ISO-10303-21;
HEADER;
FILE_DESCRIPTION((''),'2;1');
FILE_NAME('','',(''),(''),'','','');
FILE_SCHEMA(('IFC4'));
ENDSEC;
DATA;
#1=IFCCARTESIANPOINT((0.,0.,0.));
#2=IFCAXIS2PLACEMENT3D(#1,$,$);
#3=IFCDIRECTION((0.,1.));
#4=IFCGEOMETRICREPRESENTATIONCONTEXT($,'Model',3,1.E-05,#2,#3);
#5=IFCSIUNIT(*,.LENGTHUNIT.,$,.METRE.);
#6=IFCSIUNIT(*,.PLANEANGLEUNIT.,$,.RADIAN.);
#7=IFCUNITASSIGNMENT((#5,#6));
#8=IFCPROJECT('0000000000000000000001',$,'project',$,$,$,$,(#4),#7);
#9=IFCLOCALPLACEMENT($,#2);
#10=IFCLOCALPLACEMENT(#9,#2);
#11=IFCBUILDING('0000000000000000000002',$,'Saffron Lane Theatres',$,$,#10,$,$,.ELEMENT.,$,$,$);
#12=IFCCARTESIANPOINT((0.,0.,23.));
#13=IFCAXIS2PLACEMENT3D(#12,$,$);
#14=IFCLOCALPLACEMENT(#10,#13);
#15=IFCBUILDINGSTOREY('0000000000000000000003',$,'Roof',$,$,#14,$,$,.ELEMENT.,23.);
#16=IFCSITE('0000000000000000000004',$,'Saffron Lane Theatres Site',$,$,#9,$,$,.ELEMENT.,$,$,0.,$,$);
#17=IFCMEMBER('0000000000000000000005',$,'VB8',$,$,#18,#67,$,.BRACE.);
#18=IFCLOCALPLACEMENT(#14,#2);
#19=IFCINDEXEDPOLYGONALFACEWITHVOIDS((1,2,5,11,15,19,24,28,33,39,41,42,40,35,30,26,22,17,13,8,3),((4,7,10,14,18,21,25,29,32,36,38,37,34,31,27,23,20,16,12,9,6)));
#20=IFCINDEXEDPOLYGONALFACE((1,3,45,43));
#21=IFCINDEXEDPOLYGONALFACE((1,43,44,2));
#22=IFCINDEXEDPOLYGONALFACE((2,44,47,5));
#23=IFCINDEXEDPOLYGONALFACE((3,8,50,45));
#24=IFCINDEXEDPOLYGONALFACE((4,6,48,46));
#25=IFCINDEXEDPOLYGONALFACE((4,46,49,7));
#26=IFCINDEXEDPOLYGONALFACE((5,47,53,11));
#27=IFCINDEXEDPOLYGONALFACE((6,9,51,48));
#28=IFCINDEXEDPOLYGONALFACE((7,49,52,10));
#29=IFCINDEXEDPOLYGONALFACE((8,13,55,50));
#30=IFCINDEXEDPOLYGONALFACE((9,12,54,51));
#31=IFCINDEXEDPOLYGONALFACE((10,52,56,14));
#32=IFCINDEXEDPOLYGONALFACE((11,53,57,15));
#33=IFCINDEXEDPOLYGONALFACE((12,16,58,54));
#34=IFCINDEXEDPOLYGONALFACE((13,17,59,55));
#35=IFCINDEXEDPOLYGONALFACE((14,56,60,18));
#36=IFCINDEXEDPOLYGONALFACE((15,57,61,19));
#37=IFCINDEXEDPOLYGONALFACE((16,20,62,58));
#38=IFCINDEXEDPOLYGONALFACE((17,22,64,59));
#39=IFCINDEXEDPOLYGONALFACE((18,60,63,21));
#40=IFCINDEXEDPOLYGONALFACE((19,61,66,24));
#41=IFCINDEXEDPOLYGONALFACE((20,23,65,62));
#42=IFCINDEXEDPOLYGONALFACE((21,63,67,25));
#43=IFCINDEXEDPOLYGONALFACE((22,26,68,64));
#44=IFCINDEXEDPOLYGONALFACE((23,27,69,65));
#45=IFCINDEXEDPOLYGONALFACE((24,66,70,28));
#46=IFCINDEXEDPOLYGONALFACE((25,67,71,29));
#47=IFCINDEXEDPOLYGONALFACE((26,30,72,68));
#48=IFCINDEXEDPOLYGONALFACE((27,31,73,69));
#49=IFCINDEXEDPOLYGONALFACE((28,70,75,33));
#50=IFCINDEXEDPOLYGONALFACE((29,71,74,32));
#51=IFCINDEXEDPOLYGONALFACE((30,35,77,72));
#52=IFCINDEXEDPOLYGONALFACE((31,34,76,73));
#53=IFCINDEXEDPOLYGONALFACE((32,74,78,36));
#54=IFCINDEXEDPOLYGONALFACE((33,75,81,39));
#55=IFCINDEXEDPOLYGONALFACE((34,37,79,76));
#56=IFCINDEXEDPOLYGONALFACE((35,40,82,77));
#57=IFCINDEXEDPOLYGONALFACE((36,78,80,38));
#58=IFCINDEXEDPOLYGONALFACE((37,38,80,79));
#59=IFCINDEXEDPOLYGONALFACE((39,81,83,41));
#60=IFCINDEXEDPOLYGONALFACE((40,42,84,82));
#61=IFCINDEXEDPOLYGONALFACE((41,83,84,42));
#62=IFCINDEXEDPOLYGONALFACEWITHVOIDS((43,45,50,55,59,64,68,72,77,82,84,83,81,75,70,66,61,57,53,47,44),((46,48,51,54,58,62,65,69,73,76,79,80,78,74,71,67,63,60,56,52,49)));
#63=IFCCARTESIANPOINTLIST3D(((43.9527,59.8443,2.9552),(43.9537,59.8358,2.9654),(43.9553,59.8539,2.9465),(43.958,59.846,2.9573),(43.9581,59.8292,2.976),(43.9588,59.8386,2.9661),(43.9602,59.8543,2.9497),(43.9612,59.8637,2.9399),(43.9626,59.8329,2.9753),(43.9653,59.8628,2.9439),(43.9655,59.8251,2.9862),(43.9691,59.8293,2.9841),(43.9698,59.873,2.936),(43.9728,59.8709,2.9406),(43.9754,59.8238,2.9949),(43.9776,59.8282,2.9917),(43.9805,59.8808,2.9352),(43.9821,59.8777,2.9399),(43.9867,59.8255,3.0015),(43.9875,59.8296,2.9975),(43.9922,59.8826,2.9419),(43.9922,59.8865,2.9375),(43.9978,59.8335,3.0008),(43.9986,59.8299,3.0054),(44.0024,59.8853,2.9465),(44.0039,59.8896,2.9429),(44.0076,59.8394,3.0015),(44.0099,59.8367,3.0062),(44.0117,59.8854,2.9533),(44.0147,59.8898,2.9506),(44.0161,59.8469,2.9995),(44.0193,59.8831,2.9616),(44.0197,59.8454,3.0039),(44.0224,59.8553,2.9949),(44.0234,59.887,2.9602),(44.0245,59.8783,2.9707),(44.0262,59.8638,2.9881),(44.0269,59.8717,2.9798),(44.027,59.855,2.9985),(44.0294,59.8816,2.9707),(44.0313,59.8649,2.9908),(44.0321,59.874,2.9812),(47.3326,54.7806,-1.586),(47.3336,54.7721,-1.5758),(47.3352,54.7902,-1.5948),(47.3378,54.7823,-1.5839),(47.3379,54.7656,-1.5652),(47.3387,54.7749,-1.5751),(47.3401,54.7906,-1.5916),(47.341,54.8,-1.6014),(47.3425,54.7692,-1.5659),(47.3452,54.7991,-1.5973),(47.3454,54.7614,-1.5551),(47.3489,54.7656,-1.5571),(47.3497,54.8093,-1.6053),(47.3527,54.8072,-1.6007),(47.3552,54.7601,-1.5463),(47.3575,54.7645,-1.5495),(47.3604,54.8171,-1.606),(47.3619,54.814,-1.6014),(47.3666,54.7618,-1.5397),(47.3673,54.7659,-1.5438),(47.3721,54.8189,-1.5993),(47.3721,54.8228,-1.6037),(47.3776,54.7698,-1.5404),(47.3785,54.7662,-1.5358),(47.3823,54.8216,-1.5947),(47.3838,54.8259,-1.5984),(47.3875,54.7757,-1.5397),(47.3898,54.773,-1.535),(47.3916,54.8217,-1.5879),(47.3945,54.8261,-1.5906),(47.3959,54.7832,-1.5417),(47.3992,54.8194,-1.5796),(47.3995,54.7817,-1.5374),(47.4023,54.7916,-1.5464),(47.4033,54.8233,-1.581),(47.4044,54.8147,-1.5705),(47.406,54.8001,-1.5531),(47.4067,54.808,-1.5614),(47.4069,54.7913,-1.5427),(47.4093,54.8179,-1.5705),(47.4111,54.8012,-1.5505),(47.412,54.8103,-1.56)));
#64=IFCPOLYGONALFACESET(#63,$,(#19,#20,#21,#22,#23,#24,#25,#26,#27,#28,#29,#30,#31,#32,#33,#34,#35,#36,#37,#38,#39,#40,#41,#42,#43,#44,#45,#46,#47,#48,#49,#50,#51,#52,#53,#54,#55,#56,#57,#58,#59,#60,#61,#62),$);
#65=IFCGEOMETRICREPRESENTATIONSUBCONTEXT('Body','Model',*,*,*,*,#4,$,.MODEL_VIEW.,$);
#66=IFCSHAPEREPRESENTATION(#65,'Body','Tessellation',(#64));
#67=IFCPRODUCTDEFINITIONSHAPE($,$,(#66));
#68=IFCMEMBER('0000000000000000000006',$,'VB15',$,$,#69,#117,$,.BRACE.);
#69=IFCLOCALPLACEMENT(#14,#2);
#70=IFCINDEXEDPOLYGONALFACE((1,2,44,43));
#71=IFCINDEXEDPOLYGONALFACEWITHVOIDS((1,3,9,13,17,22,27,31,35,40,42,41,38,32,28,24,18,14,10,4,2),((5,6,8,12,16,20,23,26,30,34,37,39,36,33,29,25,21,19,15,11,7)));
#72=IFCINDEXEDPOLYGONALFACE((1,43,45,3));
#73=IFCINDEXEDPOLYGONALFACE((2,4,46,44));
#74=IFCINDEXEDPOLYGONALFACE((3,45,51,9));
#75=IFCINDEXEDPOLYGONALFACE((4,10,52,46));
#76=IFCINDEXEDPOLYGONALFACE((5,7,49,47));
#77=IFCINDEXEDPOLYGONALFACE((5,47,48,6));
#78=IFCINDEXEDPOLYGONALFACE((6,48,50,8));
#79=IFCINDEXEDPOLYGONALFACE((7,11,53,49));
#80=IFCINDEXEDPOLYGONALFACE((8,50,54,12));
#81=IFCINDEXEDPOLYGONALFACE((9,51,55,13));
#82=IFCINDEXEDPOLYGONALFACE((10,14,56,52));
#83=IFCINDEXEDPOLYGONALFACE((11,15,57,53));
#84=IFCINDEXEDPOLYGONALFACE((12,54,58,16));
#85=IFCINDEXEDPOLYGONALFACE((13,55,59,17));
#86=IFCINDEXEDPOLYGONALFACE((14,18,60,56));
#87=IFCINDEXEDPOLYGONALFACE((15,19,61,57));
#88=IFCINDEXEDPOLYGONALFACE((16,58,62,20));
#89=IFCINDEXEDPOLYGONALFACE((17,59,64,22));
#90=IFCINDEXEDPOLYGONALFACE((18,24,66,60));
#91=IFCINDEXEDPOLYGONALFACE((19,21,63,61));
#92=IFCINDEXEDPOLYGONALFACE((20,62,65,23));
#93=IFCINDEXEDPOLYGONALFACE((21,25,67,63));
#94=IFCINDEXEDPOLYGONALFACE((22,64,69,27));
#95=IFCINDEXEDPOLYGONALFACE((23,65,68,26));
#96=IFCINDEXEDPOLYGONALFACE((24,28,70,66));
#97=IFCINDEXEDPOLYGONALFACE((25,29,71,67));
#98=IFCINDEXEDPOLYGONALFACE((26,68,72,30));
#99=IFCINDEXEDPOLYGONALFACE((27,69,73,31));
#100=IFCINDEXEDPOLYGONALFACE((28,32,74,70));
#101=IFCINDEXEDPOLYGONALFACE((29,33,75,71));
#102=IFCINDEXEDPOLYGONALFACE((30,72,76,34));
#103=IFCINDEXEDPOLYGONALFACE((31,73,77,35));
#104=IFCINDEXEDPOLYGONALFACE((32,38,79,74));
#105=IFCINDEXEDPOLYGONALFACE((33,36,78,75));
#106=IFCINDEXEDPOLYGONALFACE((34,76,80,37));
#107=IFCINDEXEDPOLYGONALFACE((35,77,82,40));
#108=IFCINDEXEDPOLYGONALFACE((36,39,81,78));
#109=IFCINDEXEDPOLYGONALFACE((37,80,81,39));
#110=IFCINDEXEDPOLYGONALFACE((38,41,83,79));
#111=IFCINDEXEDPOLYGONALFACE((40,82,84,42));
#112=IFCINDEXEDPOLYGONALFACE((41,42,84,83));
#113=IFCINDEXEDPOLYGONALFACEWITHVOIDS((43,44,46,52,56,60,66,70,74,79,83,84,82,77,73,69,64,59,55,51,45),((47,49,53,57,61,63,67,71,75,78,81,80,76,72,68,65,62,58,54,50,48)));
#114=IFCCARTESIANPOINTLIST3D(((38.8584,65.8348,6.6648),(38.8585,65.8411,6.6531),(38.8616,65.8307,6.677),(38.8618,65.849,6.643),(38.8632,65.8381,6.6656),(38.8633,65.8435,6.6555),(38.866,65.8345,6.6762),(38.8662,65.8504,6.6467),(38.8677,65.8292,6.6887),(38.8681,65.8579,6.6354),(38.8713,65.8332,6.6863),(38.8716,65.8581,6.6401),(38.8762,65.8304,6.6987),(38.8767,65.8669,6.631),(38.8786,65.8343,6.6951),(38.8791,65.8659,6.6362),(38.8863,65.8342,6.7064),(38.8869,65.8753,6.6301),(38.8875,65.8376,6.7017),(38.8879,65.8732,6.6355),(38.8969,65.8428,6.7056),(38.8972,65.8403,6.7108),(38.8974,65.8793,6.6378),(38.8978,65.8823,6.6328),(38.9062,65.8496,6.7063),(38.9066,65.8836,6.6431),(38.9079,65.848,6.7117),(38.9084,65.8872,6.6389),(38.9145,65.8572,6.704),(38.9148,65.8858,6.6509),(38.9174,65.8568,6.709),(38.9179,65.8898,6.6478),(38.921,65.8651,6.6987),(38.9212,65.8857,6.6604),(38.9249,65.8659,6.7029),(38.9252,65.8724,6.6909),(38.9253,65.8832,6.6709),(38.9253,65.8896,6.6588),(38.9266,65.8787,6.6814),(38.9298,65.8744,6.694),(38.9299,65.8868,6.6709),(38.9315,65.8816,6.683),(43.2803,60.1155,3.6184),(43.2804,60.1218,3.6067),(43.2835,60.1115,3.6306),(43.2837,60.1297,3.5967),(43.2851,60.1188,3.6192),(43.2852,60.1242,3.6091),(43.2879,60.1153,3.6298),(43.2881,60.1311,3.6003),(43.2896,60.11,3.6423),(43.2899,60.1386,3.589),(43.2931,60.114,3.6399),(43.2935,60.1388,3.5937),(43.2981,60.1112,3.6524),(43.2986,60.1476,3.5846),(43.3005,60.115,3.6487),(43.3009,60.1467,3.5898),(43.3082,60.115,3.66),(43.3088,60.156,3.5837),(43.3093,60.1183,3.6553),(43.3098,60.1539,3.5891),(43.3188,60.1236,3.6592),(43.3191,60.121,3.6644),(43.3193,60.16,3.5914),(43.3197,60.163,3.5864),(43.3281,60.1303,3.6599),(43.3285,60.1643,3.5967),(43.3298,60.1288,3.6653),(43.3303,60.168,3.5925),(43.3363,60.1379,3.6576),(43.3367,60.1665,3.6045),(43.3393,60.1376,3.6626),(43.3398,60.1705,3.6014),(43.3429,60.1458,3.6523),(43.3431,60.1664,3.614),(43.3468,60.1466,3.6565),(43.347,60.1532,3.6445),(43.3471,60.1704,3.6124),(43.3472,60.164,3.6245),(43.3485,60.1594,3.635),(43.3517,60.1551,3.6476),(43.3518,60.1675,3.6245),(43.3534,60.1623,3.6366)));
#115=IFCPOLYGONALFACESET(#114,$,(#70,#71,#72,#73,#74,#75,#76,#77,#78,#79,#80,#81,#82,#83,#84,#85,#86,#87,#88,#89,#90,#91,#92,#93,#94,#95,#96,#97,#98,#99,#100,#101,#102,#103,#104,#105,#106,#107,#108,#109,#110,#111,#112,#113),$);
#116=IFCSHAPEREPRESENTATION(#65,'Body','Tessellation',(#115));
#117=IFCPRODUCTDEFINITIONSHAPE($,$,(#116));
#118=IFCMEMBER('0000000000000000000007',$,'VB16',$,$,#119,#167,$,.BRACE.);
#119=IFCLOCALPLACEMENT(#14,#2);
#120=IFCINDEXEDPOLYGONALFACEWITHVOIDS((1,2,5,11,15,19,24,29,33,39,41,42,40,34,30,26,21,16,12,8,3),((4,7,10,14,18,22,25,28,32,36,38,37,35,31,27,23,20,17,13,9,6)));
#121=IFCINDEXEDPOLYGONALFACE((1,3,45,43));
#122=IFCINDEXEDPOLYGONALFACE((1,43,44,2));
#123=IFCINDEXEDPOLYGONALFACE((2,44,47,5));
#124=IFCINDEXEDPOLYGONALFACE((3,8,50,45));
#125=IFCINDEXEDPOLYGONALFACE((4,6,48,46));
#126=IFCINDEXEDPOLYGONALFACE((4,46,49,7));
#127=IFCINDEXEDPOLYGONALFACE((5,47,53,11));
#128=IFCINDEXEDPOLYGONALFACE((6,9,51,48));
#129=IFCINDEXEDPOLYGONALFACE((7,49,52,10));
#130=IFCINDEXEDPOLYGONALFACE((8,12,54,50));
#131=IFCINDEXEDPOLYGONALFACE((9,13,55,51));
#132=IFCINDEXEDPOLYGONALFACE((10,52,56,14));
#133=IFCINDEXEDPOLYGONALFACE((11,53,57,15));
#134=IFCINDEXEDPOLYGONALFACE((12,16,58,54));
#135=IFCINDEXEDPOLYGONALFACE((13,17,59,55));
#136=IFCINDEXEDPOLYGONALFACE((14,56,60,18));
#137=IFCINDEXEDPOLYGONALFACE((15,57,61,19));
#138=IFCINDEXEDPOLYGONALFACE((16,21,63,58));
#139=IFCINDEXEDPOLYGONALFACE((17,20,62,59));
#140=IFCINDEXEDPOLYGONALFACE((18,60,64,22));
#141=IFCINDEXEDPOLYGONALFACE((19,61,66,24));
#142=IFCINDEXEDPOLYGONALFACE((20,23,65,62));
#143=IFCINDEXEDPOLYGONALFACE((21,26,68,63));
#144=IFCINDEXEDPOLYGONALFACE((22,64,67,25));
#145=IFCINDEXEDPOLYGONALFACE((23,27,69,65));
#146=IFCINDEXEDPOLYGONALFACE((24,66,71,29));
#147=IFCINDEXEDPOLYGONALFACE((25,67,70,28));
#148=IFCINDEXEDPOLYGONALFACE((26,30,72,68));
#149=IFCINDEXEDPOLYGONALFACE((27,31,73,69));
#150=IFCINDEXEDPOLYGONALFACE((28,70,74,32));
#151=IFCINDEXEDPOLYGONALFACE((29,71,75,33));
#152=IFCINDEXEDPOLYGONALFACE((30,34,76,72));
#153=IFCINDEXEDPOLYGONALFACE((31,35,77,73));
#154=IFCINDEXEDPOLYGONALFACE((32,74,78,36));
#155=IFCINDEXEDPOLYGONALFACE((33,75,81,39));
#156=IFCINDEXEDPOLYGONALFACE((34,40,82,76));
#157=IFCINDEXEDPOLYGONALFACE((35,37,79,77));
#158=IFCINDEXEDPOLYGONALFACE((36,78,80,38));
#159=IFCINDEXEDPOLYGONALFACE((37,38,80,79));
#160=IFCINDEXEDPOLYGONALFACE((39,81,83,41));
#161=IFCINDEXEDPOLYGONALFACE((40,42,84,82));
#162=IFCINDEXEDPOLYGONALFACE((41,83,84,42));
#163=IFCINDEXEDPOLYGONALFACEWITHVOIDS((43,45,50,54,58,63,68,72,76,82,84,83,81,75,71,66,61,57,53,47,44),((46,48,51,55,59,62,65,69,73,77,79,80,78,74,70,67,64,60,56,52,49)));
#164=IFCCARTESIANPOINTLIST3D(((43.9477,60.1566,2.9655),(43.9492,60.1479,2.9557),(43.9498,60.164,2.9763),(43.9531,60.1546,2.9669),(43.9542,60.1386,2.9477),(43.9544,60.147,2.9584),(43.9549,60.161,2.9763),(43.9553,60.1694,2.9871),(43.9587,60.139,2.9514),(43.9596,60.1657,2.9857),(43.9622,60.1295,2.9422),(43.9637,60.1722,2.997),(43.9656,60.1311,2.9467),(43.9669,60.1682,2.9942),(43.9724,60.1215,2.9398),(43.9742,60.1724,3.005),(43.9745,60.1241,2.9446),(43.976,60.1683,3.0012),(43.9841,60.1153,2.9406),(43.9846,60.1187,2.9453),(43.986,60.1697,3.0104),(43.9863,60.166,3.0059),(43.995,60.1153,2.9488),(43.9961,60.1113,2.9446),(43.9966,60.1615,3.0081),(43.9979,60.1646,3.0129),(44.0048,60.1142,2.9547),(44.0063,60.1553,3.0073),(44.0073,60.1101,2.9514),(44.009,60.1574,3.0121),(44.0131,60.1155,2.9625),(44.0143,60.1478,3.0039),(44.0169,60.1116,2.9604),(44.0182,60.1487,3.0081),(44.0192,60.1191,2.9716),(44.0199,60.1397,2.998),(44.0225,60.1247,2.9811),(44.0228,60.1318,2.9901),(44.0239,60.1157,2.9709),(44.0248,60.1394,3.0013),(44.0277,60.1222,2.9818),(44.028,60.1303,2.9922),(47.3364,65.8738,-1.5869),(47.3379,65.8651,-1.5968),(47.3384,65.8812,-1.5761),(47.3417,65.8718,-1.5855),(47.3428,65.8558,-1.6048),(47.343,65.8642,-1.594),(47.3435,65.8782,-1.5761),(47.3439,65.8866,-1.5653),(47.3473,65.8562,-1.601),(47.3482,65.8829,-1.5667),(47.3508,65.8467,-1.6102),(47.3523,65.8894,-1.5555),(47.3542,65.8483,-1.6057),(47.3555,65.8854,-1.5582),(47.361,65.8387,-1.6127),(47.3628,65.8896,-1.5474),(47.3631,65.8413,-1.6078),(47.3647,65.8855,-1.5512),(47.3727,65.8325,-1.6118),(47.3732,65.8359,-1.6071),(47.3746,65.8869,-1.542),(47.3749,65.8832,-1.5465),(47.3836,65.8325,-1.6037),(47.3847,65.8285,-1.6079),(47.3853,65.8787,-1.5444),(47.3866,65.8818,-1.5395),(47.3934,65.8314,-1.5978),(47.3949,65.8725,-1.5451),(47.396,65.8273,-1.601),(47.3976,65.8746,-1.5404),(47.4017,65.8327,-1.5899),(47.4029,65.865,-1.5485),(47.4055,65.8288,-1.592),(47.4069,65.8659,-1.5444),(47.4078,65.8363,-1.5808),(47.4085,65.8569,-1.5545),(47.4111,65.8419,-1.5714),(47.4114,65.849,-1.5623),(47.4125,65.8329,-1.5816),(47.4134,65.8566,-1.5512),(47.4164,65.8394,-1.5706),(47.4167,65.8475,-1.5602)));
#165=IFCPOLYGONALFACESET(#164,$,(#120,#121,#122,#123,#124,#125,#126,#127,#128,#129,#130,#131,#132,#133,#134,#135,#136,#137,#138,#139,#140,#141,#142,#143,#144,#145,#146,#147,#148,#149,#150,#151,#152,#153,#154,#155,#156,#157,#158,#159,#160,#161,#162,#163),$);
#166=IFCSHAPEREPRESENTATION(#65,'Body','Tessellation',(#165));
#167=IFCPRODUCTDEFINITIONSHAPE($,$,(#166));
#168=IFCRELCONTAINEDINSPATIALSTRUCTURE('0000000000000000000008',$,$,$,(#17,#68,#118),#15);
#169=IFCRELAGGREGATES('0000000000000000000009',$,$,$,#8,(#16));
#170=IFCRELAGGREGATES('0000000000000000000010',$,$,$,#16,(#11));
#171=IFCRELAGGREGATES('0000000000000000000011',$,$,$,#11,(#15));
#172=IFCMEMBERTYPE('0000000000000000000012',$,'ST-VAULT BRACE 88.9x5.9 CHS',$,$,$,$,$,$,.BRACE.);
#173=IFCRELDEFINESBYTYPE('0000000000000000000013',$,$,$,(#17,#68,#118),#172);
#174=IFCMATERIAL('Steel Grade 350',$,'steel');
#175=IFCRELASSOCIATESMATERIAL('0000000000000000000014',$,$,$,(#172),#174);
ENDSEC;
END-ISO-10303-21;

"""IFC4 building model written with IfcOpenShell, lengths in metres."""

from ifc_helpers import new_model, si_unit, direction, frame, origin, origin_2d, place, context, subcontext, project, spatial, hollow_circle, extrude, material, material_profile, profile_set, type_object, element, save


model = new_model("IFC4")

# Units and contexts
model_context = context("Model", 3, precision=1e-05, world=origin(), true_north=direction((0.0, 1.0)))
body_context = subcontext(model_context, "Body", "Model", "MODEL_VIEW")
ifc_project = project(units=[si_unit("LENGTHUNIT", "METRE"), si_unit("PLANEANGLEUNIT", "RADIAN")], contexts=[model_context])

# Site, building, storey
site_placement = place(None, origin())
site = spatial("IfcSite", under=ifc_project, at=site_placement, Name="Saffron Lane Theatres Site", CompositionType="ELEMENT", RefElevation=0.0)
building_placement = place(site_placement, origin())
building = spatial("IfcBuilding", under=site, at=building_placement, Name="Saffron Lane Theatres", CompositionType="ELEMENT")
storey_placement = place(building_placement, frame((0.0, 0.0, 23.0)))
storey = spatial("IfcBuildingStorey", under=building, at=storey_placement, Name="Roof", CompositionType="ELEMENT", Elevation=23.0)

# Members
ifc_material_1 = material(Name="Steel Grade 350", Category="steel")
ifc_material_profile_1 = material_profile(ifc_material_1, hollow_circle(Radius=0.0444, WallThickness=0.0059, at=origin_2d()))
ifc_profile_set_1 = profile_set([ifc_material_profile_1], Name="Steel Grade 350")
member_type_1 = type_object("IfcMemberType", Name="ST-VAULT BRACE 88.9x5.9 CHS", PredefinedType="BRACE", material=ifc_profile_set_1)
member_1_placement = place(storey_placement, frame((43.9924, 59.8569, 2.9707), z_axis=(0.444999, -0.666695, -0.597907), x_axis=(0.831742, 0.555163, 0.0)))
element("IfcMember", 1, at=member_1_placement, inside=storey, type_object=member_type_1, Name="VB8", PredefinedType="BRACE", context=body_context, shape_type="SweptSolid", body=[
    extrude(hollow_circle(Radius=0.0444, WallThickness=0.0059, at=origin_2d()), origin(), (0.0, 0.0, 1.0), 7.5952),
])
member_2_placement = place(storey_placement, frame((38.8948, 65.8596, 6.6709), z_axis=(0.563659, -0.729035, -0.388325), x_axis=(0.79112, 0.611661, 0.0)))
element("IfcMember", 2, at=member_2_placement, inside=storey, type_object=member_type_1, Name="VB15", PredefinedType="BRACE", context=body_context, shape_type="SweptSolid", body=[
    extrude(hollow_circle(Radius=0.0444, WallThickness=0.0059, at=origin_2d()), origin(), (0.0, 0.0, 1.0), 7.845),
])
member_3_placement = place(storey_placement, frame((43.988, 60.1414, 2.9763), z_axis=(0.420651, 0.709712, -0.565121), x_axis=(-0.860249, 0.509875, 0.0)))
element("IfcMember", 3, at=member_3_placement, inside=storey, type_object=member_type_1, Name="VB16", PredefinedType="BRACE", context=body_context, shape_type="SweptSolid", body=[
    extrude(hollow_circle(Radius=0.0444, WallThickness=0.0059, at=origin_2d()), origin(), (0.0, 0.0, 1.0), 8.0557),
])

save(model, "model.ifc")
